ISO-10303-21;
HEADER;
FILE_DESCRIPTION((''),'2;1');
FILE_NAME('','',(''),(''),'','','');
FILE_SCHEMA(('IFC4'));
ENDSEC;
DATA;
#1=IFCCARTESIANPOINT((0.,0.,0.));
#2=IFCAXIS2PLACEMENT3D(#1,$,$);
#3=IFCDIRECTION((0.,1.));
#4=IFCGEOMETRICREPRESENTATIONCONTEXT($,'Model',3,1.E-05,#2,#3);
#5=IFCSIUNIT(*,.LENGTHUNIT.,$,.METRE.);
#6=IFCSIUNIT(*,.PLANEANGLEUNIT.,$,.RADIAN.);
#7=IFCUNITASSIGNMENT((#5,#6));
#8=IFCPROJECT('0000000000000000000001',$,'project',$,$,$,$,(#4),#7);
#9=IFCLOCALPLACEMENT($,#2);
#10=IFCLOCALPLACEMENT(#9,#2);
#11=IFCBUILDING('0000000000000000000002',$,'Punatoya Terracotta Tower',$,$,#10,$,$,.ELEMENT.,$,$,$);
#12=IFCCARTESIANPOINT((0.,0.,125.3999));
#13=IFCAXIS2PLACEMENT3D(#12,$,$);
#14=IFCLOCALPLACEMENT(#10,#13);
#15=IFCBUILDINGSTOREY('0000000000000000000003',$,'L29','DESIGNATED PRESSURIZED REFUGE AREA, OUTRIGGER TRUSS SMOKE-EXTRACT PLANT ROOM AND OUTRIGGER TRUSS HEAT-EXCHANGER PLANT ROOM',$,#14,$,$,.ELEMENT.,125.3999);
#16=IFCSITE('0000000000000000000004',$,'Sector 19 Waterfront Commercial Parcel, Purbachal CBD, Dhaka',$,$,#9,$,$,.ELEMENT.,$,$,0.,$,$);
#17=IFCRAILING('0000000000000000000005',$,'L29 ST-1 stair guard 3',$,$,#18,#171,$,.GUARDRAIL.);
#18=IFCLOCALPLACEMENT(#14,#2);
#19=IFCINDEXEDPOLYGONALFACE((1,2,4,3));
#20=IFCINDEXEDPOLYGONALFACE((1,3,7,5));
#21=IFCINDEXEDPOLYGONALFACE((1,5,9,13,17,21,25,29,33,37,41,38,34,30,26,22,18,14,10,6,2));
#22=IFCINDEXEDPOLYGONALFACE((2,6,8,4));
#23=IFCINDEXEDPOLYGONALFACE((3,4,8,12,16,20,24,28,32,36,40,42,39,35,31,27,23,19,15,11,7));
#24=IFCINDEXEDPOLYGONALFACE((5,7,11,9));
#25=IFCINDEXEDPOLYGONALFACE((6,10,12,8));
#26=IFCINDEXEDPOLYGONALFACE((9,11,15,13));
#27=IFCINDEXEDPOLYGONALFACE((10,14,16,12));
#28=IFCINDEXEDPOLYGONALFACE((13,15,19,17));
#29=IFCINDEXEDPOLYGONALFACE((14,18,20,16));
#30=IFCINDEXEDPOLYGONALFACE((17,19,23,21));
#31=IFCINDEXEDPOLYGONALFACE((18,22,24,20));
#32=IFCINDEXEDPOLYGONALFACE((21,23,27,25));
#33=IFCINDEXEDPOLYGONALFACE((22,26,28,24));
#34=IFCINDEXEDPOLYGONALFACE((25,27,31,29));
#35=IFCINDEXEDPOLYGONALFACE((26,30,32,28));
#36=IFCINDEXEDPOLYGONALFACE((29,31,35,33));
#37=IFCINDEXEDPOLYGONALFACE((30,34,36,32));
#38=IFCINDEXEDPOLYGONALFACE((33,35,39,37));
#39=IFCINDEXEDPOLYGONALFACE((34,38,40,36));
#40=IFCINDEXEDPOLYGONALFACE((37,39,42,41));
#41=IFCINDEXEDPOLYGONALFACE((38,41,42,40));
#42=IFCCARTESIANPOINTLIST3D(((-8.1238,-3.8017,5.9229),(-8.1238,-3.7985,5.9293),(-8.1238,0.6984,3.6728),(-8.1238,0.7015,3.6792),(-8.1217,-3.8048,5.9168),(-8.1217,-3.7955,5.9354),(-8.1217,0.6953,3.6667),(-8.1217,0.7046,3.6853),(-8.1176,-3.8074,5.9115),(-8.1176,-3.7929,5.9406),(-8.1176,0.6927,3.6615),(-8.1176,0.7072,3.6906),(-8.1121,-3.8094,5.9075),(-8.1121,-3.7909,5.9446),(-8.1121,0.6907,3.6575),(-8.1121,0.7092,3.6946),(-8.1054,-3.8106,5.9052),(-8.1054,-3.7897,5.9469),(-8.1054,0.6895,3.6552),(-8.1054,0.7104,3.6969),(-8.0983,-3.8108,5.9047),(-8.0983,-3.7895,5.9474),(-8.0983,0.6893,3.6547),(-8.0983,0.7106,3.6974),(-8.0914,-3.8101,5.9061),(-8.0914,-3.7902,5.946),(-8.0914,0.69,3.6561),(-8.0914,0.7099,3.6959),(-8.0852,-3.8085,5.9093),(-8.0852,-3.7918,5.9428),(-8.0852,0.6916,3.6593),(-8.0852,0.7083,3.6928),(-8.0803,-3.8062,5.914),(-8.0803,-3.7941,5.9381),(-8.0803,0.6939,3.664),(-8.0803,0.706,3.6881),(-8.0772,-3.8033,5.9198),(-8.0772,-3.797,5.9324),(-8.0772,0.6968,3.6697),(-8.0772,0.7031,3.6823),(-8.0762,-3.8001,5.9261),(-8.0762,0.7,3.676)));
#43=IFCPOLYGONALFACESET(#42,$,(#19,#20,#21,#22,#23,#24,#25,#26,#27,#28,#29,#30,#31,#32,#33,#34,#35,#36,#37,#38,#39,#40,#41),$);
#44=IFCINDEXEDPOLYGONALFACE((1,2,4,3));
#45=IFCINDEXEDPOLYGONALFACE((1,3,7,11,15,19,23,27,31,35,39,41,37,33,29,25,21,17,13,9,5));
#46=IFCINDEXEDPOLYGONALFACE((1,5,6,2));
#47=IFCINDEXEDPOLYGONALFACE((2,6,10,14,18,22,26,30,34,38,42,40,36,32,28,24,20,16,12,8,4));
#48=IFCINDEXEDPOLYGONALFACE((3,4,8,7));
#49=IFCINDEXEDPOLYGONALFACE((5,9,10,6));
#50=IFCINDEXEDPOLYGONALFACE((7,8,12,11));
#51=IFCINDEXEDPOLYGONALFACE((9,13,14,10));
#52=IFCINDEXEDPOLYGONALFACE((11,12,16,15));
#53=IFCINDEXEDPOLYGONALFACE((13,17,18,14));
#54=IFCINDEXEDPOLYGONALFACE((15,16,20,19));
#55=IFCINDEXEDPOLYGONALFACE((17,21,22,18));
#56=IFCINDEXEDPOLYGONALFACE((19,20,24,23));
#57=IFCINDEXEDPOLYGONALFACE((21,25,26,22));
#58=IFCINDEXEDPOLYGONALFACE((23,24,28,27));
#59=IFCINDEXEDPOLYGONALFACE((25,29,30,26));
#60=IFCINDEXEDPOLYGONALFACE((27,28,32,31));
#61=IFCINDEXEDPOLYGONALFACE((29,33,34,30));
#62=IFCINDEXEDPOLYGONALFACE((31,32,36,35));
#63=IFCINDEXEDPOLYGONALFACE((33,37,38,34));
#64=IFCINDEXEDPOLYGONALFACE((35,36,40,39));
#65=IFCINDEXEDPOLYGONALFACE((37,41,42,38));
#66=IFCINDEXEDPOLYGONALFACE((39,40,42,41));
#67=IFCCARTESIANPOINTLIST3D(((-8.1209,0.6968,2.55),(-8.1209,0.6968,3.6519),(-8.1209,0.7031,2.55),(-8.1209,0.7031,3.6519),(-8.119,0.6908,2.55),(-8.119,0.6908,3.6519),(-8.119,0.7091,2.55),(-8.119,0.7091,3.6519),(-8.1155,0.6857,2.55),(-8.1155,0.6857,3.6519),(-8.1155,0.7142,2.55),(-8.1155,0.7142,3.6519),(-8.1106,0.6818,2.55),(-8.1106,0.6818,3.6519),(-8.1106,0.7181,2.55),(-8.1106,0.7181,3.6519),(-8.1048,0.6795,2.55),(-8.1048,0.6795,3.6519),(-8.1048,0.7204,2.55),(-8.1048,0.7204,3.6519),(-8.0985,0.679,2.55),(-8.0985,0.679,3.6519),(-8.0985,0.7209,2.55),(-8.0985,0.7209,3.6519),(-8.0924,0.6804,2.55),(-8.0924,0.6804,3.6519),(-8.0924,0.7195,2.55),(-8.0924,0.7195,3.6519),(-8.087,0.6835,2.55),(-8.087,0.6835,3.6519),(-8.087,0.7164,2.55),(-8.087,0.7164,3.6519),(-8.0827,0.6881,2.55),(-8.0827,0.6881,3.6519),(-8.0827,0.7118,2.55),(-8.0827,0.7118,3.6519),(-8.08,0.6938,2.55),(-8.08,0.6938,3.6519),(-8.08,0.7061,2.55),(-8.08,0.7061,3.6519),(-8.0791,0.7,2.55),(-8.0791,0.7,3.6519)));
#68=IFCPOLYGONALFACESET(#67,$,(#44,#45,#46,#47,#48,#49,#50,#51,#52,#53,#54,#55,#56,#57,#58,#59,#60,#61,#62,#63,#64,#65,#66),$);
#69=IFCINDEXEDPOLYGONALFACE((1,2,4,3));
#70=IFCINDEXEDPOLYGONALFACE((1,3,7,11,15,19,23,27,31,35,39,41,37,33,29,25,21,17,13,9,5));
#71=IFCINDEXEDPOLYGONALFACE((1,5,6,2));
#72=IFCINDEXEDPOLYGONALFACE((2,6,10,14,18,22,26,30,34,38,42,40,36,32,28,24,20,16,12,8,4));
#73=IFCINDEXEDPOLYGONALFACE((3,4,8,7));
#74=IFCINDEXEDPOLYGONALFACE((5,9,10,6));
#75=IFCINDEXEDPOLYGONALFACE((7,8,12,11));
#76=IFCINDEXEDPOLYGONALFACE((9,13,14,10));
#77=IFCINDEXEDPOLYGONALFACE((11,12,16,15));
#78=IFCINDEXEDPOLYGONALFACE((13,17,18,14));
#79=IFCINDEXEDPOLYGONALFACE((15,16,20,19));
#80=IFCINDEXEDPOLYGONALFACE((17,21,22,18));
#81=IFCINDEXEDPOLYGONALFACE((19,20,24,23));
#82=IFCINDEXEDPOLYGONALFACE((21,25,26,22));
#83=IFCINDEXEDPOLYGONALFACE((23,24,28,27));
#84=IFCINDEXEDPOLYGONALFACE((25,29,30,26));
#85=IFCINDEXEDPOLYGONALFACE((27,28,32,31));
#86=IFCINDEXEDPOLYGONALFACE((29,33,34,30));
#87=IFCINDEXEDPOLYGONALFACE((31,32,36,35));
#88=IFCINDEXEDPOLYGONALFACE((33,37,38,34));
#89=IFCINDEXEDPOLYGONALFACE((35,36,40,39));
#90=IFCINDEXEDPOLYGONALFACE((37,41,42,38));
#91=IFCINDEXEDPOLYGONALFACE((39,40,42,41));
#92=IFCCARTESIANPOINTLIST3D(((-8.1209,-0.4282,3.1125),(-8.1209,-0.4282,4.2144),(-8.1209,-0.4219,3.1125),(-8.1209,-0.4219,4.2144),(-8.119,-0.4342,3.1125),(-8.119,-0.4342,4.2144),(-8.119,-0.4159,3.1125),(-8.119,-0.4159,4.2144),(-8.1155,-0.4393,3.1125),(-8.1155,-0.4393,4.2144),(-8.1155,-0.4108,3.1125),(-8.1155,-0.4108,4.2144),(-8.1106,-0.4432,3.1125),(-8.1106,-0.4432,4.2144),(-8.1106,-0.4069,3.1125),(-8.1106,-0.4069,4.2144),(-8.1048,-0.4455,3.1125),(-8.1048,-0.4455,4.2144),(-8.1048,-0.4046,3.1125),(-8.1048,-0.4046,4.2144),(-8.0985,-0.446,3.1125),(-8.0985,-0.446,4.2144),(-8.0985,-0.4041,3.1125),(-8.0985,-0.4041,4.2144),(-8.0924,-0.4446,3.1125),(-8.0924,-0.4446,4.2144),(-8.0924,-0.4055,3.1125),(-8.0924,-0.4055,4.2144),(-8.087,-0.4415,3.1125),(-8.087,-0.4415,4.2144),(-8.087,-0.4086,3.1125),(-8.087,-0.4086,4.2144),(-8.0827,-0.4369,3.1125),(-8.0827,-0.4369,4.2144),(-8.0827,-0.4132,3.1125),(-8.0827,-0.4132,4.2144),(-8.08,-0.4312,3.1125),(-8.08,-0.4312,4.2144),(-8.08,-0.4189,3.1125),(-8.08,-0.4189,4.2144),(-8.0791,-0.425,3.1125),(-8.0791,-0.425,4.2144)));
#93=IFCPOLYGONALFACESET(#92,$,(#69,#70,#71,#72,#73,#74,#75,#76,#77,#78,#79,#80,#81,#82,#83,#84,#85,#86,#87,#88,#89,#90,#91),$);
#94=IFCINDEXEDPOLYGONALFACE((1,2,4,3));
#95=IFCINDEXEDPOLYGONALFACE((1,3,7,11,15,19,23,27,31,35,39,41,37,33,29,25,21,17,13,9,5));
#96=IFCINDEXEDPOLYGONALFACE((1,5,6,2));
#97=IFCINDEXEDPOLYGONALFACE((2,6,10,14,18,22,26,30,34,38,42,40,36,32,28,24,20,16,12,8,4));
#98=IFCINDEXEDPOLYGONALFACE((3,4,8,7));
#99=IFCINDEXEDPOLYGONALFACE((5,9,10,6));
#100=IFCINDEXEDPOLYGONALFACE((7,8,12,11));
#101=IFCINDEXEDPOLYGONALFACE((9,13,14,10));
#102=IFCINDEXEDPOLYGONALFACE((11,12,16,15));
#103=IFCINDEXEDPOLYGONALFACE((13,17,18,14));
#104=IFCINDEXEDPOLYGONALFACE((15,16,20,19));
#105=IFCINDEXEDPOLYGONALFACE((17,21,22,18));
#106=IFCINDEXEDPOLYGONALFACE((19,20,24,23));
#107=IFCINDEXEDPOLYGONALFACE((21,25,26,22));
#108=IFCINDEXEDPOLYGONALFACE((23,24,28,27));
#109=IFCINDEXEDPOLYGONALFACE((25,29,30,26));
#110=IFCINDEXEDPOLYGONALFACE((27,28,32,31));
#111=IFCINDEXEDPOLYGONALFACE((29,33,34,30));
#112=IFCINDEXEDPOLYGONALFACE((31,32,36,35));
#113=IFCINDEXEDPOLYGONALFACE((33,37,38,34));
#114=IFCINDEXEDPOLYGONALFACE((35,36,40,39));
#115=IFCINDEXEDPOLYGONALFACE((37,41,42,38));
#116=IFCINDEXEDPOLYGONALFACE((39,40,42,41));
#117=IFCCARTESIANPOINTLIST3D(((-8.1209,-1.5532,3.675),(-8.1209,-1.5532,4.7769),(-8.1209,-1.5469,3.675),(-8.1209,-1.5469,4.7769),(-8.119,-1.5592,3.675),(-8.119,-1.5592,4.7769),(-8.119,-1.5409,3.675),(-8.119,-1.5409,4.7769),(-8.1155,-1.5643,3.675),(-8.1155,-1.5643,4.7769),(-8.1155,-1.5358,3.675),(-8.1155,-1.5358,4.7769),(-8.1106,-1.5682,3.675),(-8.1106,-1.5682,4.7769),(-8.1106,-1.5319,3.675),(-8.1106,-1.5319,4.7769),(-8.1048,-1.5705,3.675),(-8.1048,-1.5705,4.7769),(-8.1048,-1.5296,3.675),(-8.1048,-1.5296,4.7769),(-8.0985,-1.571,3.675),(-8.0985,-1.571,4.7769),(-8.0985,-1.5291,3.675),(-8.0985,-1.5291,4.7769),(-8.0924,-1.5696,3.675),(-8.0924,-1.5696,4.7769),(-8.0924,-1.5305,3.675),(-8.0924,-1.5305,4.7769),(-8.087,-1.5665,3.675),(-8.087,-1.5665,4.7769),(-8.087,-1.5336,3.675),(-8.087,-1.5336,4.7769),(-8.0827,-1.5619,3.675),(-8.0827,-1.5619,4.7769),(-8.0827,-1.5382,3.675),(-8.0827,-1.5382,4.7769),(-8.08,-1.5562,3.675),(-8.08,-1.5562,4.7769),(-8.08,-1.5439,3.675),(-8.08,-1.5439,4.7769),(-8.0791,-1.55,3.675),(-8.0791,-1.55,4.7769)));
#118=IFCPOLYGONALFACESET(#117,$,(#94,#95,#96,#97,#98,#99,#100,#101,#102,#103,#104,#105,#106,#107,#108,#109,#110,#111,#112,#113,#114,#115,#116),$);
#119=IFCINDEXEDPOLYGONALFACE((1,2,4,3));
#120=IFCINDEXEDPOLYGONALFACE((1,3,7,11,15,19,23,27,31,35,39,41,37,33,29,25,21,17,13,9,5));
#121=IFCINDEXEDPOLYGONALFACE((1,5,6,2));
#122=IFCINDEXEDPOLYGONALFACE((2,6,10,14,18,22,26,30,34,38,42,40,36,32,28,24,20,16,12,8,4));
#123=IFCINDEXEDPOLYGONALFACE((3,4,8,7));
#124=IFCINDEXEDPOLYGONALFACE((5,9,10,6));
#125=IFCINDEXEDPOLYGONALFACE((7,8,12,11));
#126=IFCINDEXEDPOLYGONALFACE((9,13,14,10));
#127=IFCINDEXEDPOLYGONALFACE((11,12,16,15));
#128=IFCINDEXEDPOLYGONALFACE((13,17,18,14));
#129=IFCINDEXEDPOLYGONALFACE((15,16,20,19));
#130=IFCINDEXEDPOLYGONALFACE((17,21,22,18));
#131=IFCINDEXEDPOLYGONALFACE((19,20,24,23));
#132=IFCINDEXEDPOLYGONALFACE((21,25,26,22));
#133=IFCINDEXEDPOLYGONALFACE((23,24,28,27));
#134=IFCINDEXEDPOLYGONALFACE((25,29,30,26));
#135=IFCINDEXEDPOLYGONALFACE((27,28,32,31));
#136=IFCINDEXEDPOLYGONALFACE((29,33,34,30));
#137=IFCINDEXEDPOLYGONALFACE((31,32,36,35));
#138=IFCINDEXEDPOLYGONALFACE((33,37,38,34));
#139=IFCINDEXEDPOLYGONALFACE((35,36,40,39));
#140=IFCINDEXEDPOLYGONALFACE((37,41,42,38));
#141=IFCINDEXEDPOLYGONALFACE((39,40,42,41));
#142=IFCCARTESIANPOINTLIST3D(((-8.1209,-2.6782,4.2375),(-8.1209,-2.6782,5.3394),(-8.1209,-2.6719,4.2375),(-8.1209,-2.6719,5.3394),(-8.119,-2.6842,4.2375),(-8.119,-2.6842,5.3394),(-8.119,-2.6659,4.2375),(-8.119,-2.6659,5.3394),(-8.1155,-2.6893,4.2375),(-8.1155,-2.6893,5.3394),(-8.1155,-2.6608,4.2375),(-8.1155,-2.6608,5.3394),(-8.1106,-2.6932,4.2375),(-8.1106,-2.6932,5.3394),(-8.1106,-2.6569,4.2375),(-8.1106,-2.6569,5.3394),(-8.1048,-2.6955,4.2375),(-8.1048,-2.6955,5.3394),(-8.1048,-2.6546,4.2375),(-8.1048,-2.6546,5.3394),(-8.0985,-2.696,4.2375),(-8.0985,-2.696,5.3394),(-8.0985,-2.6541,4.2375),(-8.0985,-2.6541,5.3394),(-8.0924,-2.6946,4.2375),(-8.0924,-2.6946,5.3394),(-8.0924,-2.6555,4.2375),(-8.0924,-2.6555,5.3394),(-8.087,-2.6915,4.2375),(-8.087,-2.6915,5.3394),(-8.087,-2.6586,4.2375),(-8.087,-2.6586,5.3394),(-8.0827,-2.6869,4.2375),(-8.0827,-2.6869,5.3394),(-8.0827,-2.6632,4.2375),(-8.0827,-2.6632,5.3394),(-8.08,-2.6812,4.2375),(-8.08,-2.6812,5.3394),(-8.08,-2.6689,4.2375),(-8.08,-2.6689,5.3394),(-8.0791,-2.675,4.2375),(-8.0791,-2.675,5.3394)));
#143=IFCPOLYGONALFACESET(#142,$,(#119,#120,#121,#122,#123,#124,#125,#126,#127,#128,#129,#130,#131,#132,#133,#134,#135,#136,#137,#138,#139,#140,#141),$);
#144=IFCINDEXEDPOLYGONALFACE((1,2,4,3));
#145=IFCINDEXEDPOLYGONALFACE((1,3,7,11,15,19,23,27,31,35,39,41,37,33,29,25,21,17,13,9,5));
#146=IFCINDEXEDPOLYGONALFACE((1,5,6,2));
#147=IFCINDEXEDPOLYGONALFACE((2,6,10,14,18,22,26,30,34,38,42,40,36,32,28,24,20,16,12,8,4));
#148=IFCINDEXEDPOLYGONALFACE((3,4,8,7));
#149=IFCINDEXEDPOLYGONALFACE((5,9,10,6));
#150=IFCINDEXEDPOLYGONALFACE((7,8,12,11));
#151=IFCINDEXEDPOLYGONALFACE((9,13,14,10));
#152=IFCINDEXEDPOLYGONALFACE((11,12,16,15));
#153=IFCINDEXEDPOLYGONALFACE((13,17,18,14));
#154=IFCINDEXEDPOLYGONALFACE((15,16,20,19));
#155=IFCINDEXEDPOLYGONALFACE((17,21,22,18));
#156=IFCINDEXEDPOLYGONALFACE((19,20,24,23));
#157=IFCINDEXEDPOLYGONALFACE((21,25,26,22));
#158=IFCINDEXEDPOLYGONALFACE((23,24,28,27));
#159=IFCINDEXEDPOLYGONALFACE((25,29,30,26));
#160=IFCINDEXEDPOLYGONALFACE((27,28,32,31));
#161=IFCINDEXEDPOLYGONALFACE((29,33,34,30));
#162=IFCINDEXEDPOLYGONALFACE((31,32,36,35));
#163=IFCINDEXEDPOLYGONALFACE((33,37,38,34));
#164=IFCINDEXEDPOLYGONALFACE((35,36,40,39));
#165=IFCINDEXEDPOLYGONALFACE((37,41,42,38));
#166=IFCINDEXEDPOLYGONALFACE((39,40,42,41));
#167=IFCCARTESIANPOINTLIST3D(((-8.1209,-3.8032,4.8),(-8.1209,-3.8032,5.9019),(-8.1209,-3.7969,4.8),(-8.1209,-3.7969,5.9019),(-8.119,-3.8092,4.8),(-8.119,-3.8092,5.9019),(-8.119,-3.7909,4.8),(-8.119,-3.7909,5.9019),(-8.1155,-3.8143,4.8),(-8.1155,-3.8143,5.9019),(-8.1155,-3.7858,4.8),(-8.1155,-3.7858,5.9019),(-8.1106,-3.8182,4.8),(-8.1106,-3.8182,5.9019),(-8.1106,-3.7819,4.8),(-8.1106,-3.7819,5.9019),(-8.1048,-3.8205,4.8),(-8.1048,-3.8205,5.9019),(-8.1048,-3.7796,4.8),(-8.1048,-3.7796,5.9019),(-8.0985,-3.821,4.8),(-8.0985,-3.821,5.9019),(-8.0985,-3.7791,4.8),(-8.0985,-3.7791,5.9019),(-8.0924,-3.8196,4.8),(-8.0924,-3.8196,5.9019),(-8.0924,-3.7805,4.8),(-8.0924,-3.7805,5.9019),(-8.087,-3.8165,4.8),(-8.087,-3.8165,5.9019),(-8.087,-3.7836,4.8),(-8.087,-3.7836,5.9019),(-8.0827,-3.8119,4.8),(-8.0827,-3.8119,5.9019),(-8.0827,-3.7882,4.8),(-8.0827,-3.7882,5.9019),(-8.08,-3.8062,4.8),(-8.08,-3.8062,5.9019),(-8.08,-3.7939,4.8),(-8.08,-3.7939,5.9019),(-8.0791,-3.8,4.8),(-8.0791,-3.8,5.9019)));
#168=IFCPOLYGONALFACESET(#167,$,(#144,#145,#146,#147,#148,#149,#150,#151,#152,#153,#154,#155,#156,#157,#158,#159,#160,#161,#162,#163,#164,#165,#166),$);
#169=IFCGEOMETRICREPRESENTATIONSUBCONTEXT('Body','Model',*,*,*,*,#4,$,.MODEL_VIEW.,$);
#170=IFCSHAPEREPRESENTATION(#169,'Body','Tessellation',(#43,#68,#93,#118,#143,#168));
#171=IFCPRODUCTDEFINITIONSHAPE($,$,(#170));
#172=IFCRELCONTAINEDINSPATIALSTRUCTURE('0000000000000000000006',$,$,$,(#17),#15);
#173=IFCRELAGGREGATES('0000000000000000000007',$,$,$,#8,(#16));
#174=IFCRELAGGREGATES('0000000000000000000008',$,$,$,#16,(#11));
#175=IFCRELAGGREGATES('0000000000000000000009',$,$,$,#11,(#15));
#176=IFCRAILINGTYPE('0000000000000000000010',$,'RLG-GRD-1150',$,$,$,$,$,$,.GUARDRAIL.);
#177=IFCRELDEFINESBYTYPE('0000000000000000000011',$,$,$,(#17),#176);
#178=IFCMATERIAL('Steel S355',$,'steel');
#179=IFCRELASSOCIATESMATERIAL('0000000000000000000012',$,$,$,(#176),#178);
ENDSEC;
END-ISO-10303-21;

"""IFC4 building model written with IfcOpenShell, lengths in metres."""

from ifc_helpers import new_model, si_unit, direction, frame, origin, origin_2d, place, context, subcontext, project, spatial, circle, extrude, material, type_object, element, save


model = new_model("IFC4")

# Units and contexts
model_context = context("Model", 3, precision=1e-05, world=origin(), true_north=direction((0.0, 1.0)))
body_context = subcontext(model_context, "Body", "Model", "MODEL_VIEW")
ifc_project = project(units=[si_unit("LENGTHUNIT", "METRE"), si_unit("PLANEANGLEUNIT", "RADIAN")], contexts=[model_context])

# Site, building, storey
site_placement = place(None, origin())
site = spatial("IfcSite", under=ifc_project, at=site_placement, Name="Sector 19 Waterfront Commercial Parcel, Purbachal CBD, Dhaka", CompositionType="ELEMENT", RefElevation=0.0)
building_placement = place(site_placement, origin())
building = spatial("IfcBuilding", under=site, at=building_placement, Name="Punatoya Terracotta Tower", CompositionType="ELEMENT")
storey_placement = place(building_placement, frame((0.0, 0.0, 125.3999)))
storey = spatial("IfcBuildingStorey", under=building, at=storey_placement, Name="L29", Description="DESIGNATED PRESSURIZED REFUGE AREA, OUTRIGGER TRUSS SMOKE-EXTRACT PLANT ROOM AND OUTRIGGER TRUSS HEAT-EXCHANGER PLANT ROOM", CompositionType="ELEMENT", Elevation=125.3999)

# Shared definitions
ifc_material_1 = material(Name="Steel S355", Category="steel")

# Railing
railing_type_1 = type_object("IfcRailingType", Name="RLG-GRD-1150", PredefinedType="GUARDRAIL", material=ifc_material_1)
railing_1_placement = place(storey_placement, frame((-8.1001, 0.7, 2.55)))
element("IfcRailing", 1, at=railing_1_placement, inside=storey, type_object=railing_type_1, Name="L29 ST-1 stair guard 3", PredefinedType="GUARDRAIL", context=body_context, shape_type="SweptSolid", body=[
    extrude(circle(Radius=0.0239, at=origin_2d()), frame((0.0, 0.0, 1.126), z_axis=(0.0, -0.894427, 0.447214), x_axis=(1.0, 0.0, 0.0)), (0.0, 0.0, 1.0), 5.0312),
    extrude(circle(Radius=0.021, at=origin_2d()), origin(), (0.0, 0.0, 1.0), 1.1018),
    extrude(circle(Radius=0.021, at=origin_2d()), frame((0.0, -1.125, 0.5625)), (0.0, 0.0, 1.0), 1.1018),
    extrude(circle(Radius=0.021, at=origin_2d()), frame((0.0, -2.25, 1.125)), (0.0, 0.0, 1.0), 1.1018),
    extrude(circle(Radius=0.021, at=origin_2d()), frame((0.0, -3.375, 1.6875)), (0.0, 0.0, 1.0), 1.1018),
    extrude(circle(Radius=0.021, at=origin_2d()), frame((0.0, -4.5, 2.25)), (0.0, 0.0, 1.0), 1.1018),
])

save(model, "model.ifc")
